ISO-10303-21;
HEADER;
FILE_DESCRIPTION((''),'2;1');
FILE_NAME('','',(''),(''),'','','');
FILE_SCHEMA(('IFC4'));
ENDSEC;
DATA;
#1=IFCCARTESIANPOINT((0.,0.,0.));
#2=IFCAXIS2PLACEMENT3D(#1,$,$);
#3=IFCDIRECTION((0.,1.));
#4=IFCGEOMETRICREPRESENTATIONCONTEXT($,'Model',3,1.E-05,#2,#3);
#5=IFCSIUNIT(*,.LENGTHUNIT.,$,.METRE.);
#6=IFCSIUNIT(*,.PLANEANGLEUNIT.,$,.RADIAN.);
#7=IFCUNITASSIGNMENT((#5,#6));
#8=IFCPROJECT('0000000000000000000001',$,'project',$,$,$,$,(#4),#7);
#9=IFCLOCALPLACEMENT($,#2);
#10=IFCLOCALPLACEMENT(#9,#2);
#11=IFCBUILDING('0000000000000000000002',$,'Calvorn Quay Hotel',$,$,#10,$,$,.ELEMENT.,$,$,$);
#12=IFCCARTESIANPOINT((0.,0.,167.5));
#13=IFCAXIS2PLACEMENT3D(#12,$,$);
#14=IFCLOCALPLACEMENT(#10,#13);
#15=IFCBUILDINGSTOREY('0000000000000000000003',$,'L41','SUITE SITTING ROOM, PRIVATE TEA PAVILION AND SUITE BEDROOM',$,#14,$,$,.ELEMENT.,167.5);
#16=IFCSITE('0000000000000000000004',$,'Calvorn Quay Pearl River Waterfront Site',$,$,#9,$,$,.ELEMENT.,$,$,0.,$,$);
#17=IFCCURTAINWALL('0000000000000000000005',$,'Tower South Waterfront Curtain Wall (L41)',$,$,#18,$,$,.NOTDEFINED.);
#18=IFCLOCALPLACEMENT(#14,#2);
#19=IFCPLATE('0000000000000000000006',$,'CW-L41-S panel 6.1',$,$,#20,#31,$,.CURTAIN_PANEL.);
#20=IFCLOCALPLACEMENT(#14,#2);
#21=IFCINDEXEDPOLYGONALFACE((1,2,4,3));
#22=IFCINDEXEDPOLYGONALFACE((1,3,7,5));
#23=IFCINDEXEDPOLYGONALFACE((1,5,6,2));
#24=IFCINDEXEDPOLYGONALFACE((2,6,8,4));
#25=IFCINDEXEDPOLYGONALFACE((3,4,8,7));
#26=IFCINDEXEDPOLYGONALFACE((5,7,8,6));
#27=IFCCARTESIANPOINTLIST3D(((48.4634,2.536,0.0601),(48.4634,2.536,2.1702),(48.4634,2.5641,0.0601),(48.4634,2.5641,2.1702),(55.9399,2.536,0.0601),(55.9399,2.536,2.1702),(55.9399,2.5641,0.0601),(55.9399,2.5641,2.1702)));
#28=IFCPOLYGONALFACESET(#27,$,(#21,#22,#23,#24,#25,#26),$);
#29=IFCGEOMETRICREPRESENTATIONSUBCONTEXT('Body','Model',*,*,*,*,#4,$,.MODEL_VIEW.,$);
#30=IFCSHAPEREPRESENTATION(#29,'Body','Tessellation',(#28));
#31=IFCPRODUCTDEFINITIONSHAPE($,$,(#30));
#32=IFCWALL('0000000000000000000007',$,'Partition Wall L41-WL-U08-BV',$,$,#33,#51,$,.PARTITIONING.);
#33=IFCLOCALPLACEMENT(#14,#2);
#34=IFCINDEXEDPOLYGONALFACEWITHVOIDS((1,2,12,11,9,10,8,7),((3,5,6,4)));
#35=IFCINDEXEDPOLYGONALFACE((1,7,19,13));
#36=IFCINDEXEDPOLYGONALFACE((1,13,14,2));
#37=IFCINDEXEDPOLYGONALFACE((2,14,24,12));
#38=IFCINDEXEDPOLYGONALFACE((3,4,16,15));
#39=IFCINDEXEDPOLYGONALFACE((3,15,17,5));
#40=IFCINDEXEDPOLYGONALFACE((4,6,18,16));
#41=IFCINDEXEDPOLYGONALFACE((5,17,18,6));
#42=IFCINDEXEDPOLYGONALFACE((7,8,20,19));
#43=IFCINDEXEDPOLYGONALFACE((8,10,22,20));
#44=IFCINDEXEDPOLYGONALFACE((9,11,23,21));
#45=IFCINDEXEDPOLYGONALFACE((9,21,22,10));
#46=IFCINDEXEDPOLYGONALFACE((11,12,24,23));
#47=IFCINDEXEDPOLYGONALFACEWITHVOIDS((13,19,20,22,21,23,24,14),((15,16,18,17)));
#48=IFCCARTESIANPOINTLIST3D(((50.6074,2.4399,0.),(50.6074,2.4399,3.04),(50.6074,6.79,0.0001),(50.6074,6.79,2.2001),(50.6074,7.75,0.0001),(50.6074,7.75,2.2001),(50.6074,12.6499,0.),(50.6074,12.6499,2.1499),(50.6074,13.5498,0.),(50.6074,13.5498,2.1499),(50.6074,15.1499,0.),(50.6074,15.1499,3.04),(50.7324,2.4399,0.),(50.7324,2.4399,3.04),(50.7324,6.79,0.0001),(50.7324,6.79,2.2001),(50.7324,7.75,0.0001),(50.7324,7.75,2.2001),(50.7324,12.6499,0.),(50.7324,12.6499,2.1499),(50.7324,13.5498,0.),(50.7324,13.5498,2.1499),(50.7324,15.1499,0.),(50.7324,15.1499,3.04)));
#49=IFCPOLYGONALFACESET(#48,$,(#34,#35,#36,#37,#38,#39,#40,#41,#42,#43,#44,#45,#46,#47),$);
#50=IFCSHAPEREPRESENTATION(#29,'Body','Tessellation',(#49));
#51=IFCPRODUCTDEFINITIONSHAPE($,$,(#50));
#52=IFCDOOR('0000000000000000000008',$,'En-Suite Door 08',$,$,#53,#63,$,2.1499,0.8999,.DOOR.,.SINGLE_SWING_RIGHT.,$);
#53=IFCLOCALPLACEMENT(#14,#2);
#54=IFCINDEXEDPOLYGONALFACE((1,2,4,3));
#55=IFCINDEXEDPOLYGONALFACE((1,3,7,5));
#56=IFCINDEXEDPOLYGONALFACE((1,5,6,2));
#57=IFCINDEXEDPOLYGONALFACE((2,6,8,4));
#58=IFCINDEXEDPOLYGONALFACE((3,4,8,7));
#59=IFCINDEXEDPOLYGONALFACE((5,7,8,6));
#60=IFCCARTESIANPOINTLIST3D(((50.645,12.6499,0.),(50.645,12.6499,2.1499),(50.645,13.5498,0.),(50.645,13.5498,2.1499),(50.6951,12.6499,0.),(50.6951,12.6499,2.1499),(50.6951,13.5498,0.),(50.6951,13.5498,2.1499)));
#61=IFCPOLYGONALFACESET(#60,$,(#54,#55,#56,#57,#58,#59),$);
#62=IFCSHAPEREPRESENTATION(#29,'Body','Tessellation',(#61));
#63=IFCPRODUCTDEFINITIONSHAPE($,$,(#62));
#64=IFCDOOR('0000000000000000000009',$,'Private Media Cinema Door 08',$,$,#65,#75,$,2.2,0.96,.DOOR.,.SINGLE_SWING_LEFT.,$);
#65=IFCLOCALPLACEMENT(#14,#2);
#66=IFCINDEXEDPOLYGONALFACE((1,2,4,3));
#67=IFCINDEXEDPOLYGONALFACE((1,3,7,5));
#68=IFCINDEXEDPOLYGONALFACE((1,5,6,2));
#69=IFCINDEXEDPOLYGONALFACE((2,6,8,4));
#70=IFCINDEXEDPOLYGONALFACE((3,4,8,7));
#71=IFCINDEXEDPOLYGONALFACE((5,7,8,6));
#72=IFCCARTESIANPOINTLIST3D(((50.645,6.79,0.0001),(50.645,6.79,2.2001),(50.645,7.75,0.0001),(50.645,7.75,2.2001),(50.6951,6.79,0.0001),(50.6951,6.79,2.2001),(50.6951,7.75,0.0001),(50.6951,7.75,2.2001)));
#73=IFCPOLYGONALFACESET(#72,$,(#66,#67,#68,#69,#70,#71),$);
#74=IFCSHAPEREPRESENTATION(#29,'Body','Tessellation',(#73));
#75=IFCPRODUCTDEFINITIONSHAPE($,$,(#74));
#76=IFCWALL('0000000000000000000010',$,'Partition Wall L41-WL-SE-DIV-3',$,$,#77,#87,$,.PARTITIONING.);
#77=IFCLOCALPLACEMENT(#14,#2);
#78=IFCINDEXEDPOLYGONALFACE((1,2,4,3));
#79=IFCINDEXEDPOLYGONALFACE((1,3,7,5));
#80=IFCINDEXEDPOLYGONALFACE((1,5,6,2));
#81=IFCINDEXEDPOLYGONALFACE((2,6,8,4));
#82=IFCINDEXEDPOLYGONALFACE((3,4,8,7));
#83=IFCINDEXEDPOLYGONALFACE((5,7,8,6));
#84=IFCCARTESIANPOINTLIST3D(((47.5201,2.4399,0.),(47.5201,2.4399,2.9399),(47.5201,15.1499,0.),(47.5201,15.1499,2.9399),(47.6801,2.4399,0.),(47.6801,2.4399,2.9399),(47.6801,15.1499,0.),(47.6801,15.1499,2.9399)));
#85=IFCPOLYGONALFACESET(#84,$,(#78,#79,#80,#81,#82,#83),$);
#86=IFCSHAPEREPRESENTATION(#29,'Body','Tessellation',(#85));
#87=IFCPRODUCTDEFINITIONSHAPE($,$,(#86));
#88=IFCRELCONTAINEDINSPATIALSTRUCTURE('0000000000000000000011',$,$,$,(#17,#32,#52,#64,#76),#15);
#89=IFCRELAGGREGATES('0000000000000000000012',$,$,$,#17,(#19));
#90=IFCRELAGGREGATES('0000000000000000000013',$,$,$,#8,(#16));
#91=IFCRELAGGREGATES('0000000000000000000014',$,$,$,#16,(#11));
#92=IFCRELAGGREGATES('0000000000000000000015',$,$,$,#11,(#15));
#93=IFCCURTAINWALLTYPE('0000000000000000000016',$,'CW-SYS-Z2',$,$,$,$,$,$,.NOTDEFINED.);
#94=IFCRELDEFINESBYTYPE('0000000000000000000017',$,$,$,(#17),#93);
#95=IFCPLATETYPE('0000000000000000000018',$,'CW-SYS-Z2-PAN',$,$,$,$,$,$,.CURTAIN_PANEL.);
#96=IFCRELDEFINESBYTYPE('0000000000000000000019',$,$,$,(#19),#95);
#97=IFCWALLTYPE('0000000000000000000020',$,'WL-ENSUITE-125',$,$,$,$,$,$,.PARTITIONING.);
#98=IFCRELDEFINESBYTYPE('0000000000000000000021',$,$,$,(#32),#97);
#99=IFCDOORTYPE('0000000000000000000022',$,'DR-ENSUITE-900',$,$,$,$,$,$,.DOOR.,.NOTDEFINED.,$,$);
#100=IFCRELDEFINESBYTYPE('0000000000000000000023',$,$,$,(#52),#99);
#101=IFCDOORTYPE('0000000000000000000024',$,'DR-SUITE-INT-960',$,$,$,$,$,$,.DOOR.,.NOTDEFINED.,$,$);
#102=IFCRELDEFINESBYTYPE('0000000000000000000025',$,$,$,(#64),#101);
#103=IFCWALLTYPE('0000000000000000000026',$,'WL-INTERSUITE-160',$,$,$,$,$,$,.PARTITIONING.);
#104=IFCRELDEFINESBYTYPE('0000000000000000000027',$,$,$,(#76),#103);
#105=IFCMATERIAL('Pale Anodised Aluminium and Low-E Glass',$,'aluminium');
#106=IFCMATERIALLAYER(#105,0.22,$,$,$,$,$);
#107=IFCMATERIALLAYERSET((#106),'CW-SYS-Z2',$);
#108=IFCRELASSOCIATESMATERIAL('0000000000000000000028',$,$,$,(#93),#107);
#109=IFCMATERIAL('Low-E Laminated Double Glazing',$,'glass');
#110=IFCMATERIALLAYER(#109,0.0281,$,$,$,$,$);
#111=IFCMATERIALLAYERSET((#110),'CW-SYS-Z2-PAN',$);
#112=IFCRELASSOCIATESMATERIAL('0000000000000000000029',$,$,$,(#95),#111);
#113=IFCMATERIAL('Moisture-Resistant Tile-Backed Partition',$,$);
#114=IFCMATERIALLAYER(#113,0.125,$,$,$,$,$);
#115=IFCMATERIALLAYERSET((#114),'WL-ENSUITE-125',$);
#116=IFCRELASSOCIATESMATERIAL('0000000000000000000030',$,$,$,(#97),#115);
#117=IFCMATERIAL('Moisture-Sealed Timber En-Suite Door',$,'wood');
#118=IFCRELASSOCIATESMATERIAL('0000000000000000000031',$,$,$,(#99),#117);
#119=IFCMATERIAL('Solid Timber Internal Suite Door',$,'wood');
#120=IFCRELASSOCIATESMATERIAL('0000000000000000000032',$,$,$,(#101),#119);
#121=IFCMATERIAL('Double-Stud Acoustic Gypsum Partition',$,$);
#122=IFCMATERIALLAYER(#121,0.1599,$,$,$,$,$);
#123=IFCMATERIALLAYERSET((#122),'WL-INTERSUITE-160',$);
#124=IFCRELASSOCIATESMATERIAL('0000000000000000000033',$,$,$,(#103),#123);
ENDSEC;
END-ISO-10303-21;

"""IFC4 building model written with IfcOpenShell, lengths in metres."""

from ifc_helpers import new_model, si_unit, direction, frame, frame_2d, origin, origin_2d, place, context, subcontext, project, spatial, rectangle, extrude, material, layer, layer_set, type_object, element, fill, aggregate, save


model = new_model("IFC4")

# Units and contexts
model_context = context("Model", 3, precision=1e-05, world=origin(), true_north=direction((0.0, 1.0)))
body_context = subcontext(model_context, "Body", "Model", "MODEL_VIEW")
ifc_project = project(units=[si_unit("LENGTHUNIT", "METRE"), si_unit("PLANEANGLEUNIT", "RADIAN")], contexts=[model_context])

# Site, building, storey
site_placement = place(None, origin())
site = spatial("IfcSite", under=ifc_project, at=site_placement, Name="Calvorn Quay Pearl River Waterfront Site", CompositionType="ELEMENT", RefElevation=0.0)
building_placement = place(site_placement, origin())
building = spatial("IfcBuilding", under=site, at=building_placement, Name="Calvorn Quay Hotel", CompositionType="ELEMENT")
storey_placement = place(building_placement, frame((0.0, 0.0, 167.5)))
storey = spatial("IfcBuildingStorey", under=building, at=storey_placement, Name="L41", Description="SUITE SITTING ROOM, PRIVATE TEA PAVILION AND SUITE BEDROOM", CompositionType="ELEMENT", Elevation=167.5)

# Curtain wall, plate
ifc_material_1 = material(Name="Pale Anodised Aluminium and Low-E Glass", Category="aluminium")
ifc_layer_1 = layer(ifc_material_1, 0.22)
ifc_layer_set_1 = layer_set([ifc_layer_1], Name="CW-SYS-Z2")
curtain_wall_type = type_object("IfcCurtainWallType", Name="CW-SYS-Z2", PredefinedType="NOTDEFINED", material=ifc_layer_set_1)
curtain_wall_placement = place(storey_placement, origin())
curtain_wall = element("IfcCurtainWall", 1, at=curtain_wall_placement, inside=storey, type_object=curtain_wall_type, Name="Tower South Waterfront Curtain Wall (L41)", PredefinedType="NOTDEFINED")
ifc_material_2 = material(Name="Low-E Laminated Double Glazing", Category="glass")
ifc_layer_2 = layer(ifc_material_2, 0.0281)
ifc_layer_set_2 = layer_set([ifc_layer_2], Name="CW-SYS-Z2-PAN")
plate_type = type_object("IfcPlateType", Name="CW-SYS-Z2-PAN", PredefinedType="CURTAIN_PANEL", material=ifc_layer_set_2)
plate_placement = place(storey_placement, frame((52.2017, 2.55, 0.0601), z_axis=(0.0, 0.0, 1.0), x_axis=(1.0, 0.0, 0.0)))
plate = element("IfcPlate", 2, at=plate_placement, type_object=plate_type, Name="CW-L41-S panel 6.1", PredefinedType="CURTAIN_PANEL", context=body_context, shape_type="SweptSolid", body=[
    extrude(rectangle(XDim=7.4766, YDim=0.0281, at=origin_2d()), origin(), (0.0, 0.0, 1.0), 2.1101),
])
aggregate(curtain_wall, [plate])

# Wall, openings, doors
ifc_material_3 = material(Name="Moisture-Resistant Tile-Backed Partition")
ifc_layer_3 = layer(ifc_material_3, 0.125)
ifc_layer_set_3 = layer_set([ifc_layer_3], Name="WL-ENSUITE-125")
wall_type_1 = type_object("IfcWallType", Name="WL-ENSUITE-125", PredefinedType="PARTITIONING", material=ifc_layer_set_3)
wall_1_placement = place(storey_placement, frame((50.6699, 2.4399, 0.0), z_axis=(0.0, 0.0, 1.0), x_axis=(0.0, 1.0, 0.0)))
wall_1 = element("IfcWall", 3, at=wall_1_placement, inside=storey, type_object=wall_type_1, Name="Partition Wall L41-WL-U08-BV", PredefinedType="PARTITIONING", context=body_context, shape_type="SweptSolid", body=[
    extrude(rectangle(XDim=12.71, YDim=0.125, at=frame_2d((6.355, 0.0))), origin(), (0.0, 0.0, 1.0), 3.04),
])
opening_1_placement = place(wall_1_placement, frame((4.3501, 0.0, 0.0)))
opening_1 = element("IfcOpeningElement", 4, at=opening_1_placement, cuts=wall_1, PredefinedType="OPENING", context=body_context, shape_type="SweptSolid", body=[
    extrude(rectangle(XDim=0.96, YDim=2.2, at=frame_2d((0.48, 1.1001))), frame((0.0, 0.0725, 0.0), z_axis=(0.0, -1.0, 0.0), x_axis=(1.0, 0.0, 0.0)), (0.0, 0.0, 1.0), 0.145),
])
opening_2_placement = place(wall_1_placement, frame((10.21, 0.0, 0.0)))
opening_2 = element("IfcOpeningElement", 5, at=opening_2_placement, cuts=wall_1, PredefinedType="OPENING", context=body_context, shape_type="SweptSolid", body=[
    extrude(rectangle(XDim=0.8999, YDim=2.1499, at=frame_2d((0.45, 1.075))), frame((0.0, 0.0725, 0.0), z_axis=(0.0, -1.0, 0.0), x_axis=(1.0, 0.0, 0.0)), (0.0, 0.0, 1.0), 0.145),
])
ifc_material_4 = material(Name="Moisture-Sealed Timber En-Suite Door", Category="wood")
door_type_1 = type_object("IfcDoorType", Name="DR-ENSUITE-900", OperationType="NOTDEFINED", PredefinedType="DOOR", material=ifc_material_4)
door_1_placement = place(opening_2_placement, origin())
door_1 = element("IfcDoor", 6, at=door_1_placement, inside=storey, type_object=door_type_1, Name="En-Suite Door 08", OperationType="SINGLE_SWING_RIGHT", OverallHeight=2.1499, OverallWidth=0.8999, PredefinedType="DOOR", context=body_context, shape_type="SweptSolid", body=[
    extrude(rectangle(XDim=0.8999, YDim=2.1499, at=frame_2d((0.45, 1.075))), frame((0.0, 0.0249, 0.0), z_axis=(0.0, -1.0, 0.0), x_axis=(1.0, 0.0, 0.0)), (0.0, 0.0, 1.0), 0.05),
])
fill(opening_2, door_1)
ifc_material_5 = material(Name="Solid Timber Internal Suite Door", Category="wood")
door_type_2 = type_object("IfcDoorType", Name="DR-SUITE-INT-960", OperationType="NOTDEFINED", PredefinedType="DOOR", material=ifc_material_5)
door_2_placement = place(opening_1_placement, origin())
door_2 = element("IfcDoor", 7, at=door_2_placement, inside=storey, type_object=door_type_2, Name="Private Media Cinema Door 08", OperationType="SINGLE_SWING_LEFT", OverallHeight=2.2, OverallWidth=0.96, PredefinedType="DOOR", context=body_context, shape_type="SweptSolid", body=[
    extrude(rectangle(XDim=0.96, YDim=2.2, at=frame_2d((0.48, 1.1001))), frame((0.0, 0.0249, 0.0), z_axis=(0.0, -1.0, 0.0), x_axis=(1.0, 0.0, 0.0)), (0.0, 0.0, 1.0), 0.05),
])
fill(opening_1, door_2)

# Wall
ifc_material_6 = material(Name="Double-Stud Acoustic Gypsum Partition")
ifc_layer_4 = layer(ifc_material_6, 0.1599)
ifc_layer_set_4 = layer_set([ifc_layer_4], Name="WL-INTERSUITE-160")
wall_type_2 = type_object("IfcWallType", Name="WL-INTERSUITE-160", PredefinedType="PARTITIONING", material=ifc_layer_set_4)
wall_2_placement = place(storey_placement, frame((47.6001, 2.4399, 0.0), z_axis=(0.0, 0.0, 1.0), x_axis=(0.0, 1.0, 0.0)))
element("IfcWall", 8, at=wall_2_placement, inside=storey, type_object=wall_type_2, Name="Partition Wall L41-WL-SE-DIV-3", PredefinedType="PARTITIONING", context=body_context, shape_type="SweptSolid", body=[
    extrude(rectangle(XDim=12.71, YDim=0.1599, at=frame_2d((6.355, 0.0))), origin(), (0.0, 0.0, 1.0), 2.9399),
])

save(model, "model.ifc")
